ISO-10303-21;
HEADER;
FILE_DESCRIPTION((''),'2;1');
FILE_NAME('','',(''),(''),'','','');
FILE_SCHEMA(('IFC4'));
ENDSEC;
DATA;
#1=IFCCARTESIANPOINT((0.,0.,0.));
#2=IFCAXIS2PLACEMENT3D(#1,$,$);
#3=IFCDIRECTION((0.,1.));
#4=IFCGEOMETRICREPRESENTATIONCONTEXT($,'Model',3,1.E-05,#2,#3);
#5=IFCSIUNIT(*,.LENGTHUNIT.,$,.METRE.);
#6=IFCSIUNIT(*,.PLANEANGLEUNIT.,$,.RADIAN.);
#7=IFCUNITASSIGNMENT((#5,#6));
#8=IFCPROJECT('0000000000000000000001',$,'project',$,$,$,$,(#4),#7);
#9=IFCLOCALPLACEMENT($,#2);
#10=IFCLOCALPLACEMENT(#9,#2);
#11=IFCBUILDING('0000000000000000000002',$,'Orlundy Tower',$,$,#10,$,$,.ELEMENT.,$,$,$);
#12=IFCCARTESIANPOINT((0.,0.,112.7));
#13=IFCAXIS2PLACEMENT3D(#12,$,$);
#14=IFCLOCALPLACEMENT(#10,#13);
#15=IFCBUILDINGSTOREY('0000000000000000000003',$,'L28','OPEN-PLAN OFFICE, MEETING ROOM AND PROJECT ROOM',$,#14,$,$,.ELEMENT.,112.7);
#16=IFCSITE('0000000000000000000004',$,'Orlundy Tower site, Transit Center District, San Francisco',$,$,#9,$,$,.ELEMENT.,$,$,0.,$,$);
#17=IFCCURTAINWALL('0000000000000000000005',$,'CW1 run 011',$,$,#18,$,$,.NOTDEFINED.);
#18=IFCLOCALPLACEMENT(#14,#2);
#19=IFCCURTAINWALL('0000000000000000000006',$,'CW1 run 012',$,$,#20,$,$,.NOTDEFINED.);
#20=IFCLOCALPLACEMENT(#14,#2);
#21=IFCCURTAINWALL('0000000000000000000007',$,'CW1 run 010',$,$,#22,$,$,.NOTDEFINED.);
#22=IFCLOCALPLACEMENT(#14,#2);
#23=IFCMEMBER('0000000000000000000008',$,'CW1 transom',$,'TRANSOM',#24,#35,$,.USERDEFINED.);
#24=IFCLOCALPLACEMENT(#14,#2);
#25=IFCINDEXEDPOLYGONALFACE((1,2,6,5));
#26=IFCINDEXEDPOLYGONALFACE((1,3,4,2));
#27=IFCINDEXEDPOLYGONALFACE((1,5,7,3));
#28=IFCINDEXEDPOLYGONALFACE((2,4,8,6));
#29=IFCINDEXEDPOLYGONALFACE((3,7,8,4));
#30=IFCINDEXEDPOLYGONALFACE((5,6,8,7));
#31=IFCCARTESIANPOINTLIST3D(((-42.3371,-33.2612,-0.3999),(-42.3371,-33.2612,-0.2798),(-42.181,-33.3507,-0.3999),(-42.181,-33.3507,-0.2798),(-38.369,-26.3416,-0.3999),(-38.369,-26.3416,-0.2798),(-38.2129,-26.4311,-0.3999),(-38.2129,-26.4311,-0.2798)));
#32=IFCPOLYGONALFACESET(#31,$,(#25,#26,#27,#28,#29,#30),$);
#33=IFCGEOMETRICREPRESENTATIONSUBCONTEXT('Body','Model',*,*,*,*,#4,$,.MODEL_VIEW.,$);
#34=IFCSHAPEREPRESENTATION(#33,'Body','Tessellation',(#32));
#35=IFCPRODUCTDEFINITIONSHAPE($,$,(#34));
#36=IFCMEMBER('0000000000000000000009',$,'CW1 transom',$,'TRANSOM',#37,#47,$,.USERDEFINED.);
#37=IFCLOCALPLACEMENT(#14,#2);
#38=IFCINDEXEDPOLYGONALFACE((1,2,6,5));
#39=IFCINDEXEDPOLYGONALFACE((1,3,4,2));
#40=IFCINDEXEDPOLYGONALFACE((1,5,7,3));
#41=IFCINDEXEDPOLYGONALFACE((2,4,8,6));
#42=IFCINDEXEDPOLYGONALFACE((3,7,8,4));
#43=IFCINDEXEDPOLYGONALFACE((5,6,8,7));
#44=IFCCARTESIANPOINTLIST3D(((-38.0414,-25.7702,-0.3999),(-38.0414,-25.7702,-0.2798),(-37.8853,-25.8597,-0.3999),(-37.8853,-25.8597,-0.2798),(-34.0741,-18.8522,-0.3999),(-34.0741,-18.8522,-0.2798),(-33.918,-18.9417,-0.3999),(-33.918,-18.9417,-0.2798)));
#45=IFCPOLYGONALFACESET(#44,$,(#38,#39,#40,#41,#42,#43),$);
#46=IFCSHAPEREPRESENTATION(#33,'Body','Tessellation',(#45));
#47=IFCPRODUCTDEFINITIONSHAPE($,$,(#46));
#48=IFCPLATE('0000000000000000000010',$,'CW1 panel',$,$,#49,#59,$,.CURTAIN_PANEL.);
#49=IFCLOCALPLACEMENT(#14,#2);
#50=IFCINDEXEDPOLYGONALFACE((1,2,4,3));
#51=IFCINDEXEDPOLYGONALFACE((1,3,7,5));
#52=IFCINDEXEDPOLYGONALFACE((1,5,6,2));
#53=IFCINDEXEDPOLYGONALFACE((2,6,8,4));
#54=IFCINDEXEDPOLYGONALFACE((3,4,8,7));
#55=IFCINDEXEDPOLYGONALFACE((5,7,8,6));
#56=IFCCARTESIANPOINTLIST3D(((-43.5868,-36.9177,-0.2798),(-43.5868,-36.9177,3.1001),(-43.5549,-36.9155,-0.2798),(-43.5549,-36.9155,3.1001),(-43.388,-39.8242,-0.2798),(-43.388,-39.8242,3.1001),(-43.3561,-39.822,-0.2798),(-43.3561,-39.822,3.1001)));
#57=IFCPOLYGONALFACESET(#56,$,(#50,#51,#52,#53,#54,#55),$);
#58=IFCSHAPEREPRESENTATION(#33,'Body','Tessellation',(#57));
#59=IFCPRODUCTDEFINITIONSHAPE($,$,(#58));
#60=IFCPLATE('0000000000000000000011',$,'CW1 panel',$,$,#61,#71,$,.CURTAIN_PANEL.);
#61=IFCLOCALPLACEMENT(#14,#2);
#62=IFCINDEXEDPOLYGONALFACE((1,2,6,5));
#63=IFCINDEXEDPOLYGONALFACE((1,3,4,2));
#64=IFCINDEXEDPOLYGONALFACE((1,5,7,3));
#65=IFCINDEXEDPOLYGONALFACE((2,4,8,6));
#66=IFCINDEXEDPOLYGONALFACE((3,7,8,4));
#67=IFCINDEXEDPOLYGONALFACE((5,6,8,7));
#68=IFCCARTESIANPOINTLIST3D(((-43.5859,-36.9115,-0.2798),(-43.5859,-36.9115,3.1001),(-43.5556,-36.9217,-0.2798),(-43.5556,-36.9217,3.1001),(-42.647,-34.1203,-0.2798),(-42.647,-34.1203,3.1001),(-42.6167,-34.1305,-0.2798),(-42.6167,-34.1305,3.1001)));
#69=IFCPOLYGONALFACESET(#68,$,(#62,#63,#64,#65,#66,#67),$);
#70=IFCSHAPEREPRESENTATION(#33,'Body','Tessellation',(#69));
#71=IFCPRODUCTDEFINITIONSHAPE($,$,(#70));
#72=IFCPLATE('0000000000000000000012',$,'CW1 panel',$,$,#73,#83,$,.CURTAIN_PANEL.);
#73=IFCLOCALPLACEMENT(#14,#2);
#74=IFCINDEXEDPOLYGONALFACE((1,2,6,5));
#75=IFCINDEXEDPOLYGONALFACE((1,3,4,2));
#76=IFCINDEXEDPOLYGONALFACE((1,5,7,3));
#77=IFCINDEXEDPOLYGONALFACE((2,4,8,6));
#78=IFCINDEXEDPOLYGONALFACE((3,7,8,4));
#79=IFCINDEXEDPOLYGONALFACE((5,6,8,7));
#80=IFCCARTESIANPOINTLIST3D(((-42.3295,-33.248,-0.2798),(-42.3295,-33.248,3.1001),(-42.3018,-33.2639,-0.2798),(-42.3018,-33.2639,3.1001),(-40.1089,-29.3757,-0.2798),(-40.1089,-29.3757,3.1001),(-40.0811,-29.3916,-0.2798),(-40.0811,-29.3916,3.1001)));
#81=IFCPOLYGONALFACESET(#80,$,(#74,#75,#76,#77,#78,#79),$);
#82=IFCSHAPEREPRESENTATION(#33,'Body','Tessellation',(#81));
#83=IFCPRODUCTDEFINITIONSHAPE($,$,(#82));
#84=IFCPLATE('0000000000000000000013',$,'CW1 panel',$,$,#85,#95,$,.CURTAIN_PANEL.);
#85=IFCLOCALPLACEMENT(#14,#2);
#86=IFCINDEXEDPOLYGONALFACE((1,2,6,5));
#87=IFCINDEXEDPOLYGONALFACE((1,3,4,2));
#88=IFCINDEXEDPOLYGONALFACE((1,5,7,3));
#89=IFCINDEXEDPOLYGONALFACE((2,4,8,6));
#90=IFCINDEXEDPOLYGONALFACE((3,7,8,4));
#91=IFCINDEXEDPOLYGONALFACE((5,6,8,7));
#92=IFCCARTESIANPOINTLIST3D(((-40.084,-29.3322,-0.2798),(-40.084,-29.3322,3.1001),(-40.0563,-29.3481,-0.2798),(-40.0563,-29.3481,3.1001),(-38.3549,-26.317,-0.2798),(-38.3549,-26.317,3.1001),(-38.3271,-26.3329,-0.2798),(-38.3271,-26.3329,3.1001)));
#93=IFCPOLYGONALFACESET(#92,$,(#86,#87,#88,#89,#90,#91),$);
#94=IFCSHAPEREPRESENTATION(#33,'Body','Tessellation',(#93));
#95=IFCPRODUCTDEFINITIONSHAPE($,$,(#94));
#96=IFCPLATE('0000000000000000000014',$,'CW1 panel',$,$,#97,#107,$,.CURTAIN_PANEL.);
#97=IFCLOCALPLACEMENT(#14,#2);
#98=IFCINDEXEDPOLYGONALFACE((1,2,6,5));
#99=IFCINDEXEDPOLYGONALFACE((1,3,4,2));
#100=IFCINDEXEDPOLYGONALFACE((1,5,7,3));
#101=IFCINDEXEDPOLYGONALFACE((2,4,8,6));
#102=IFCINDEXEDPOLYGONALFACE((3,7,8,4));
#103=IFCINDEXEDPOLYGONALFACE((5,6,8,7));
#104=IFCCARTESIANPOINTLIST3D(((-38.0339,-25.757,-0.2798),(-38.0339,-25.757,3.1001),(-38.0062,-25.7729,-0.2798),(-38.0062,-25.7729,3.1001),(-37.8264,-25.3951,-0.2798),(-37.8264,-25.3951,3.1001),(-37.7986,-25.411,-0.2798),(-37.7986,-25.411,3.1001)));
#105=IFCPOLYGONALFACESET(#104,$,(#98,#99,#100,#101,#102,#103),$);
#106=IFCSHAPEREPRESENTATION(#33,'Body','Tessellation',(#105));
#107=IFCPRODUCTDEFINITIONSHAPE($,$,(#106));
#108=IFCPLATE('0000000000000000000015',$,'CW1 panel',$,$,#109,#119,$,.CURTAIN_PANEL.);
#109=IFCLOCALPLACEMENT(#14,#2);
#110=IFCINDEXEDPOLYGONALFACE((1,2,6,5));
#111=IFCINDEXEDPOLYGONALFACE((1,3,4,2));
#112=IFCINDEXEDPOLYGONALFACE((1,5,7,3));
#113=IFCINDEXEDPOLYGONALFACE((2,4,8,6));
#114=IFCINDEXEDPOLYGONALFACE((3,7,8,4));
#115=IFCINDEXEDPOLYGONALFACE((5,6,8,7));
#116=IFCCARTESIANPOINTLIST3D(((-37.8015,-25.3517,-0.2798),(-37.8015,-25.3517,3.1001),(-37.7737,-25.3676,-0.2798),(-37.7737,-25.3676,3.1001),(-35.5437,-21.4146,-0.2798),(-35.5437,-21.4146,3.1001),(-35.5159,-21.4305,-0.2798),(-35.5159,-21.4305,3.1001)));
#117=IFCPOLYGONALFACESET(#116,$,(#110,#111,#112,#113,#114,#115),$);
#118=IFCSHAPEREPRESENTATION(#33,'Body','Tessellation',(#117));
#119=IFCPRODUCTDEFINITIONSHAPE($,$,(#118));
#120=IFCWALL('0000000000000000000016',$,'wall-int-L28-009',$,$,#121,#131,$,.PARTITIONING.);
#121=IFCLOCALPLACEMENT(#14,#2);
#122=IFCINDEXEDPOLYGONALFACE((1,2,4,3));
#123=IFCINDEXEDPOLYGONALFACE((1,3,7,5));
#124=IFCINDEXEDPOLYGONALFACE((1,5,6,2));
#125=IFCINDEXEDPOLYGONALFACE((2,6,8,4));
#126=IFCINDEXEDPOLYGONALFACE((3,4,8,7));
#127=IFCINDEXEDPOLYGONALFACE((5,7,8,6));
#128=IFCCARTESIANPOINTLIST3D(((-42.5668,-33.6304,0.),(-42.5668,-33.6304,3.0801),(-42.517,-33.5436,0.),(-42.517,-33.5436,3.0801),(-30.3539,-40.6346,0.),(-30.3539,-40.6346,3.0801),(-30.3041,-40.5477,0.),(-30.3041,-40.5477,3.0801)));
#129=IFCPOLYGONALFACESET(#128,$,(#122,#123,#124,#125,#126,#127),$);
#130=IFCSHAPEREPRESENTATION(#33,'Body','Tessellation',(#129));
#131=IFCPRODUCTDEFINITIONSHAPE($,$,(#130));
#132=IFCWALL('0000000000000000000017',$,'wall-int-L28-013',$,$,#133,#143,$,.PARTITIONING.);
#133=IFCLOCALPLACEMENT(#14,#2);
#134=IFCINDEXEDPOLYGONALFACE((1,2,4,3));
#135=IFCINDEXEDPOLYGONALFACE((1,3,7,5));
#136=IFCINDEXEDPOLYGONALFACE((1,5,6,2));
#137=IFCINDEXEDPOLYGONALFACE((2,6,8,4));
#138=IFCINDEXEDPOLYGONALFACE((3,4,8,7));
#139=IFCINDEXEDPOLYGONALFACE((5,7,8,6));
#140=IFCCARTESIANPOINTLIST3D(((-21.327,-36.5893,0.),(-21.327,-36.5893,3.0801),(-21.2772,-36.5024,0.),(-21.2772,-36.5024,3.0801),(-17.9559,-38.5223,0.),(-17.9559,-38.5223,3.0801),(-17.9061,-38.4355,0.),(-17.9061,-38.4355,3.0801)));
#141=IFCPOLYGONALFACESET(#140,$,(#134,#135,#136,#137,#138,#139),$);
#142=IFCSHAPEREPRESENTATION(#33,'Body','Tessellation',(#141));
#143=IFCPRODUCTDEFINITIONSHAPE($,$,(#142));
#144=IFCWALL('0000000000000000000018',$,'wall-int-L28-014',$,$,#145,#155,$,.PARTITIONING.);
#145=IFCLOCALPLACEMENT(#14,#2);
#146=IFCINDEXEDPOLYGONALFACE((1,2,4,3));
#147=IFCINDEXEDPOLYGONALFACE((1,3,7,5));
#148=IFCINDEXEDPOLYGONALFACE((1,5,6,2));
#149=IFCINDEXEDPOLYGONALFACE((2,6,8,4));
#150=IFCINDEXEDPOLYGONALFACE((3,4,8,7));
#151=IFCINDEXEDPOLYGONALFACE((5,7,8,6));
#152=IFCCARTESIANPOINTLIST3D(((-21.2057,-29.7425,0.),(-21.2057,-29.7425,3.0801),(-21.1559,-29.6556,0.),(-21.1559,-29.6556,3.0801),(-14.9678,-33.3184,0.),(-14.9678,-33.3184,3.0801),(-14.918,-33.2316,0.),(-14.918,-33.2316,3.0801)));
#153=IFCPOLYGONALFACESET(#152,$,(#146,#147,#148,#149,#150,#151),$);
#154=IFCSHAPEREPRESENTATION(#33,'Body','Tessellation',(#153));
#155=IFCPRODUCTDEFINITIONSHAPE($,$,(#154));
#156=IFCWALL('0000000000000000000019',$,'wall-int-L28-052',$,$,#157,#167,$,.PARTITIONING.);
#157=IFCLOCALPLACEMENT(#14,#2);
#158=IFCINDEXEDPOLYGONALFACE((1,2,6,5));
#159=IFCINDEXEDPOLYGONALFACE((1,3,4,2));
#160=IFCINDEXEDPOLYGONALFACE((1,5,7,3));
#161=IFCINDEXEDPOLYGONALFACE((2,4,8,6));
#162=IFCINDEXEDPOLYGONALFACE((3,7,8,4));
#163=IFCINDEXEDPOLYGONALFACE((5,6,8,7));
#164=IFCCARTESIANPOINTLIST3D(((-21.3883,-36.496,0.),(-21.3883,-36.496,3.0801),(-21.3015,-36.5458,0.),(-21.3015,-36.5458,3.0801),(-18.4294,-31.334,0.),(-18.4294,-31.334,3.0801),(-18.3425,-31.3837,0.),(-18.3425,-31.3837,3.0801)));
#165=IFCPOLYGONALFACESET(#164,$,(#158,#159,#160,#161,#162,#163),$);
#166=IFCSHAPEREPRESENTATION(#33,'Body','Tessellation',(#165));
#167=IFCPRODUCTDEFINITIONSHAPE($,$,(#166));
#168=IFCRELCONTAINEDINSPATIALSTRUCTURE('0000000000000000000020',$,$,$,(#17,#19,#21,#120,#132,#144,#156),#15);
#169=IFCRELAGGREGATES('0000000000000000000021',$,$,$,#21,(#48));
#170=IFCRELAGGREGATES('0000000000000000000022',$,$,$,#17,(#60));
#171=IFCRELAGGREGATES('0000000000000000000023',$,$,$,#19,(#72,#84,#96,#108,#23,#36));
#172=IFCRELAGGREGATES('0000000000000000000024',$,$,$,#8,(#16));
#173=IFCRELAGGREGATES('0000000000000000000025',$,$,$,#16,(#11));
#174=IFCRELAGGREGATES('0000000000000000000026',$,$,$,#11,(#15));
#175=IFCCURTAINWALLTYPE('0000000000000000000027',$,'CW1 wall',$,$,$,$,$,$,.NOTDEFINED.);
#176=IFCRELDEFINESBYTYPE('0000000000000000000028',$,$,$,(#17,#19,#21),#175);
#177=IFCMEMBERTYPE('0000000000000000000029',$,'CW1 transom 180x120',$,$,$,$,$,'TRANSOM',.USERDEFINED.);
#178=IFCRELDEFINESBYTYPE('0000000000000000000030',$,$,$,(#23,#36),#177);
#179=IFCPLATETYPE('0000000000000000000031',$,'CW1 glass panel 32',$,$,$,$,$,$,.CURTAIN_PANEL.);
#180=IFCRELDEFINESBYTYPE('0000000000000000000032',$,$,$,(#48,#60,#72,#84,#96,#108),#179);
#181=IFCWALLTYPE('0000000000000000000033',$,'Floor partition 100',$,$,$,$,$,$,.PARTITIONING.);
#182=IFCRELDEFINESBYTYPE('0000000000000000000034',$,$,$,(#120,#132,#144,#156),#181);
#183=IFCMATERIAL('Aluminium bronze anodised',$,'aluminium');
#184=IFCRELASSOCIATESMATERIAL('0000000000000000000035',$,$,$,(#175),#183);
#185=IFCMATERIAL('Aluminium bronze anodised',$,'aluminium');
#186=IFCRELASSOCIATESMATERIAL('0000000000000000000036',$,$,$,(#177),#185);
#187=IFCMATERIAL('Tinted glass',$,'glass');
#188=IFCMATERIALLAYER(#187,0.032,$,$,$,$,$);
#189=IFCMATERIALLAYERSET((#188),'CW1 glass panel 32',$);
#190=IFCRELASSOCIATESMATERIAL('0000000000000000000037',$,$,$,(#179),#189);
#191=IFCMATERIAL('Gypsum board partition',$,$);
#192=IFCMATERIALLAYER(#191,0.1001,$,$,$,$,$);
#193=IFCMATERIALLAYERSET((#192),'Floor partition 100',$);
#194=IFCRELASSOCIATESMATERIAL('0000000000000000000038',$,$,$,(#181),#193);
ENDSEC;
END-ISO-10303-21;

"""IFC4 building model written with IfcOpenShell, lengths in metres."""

from ifc_helpers import new_model, si_unit, direction, frame, frame_2d, origin, origin_2d, place, context, subcontext, project, spatial, rectangle, extrude, material, layer, layer_set, material_profile, profile_set, type_object, element, aggregate, save


model = new_model("IFC4")

# Units and contexts
model_context = context("Model", 3, precision=1e-05, world=origin(), true_north=direction((0.0, 1.0)))
body_context = subcontext(model_context, "Body", "Model", "MODEL_VIEW")
ifc_project = project(units=[si_unit("LENGTHUNIT", "METRE"), si_unit("PLANEANGLEUNIT", "RADIAN")], contexts=[model_context])

# Site, building, storey
site_placement = place(None, origin())
site = spatial("IfcSite", under=ifc_project, at=site_placement, Name="Orlundy Tower site, Transit Center District, San Francisco", CompositionType="ELEMENT", RefElevation=0.0)
building_placement = place(site_placement, origin())
building = spatial("IfcBuilding", under=site, at=building_placement, Name="Orlundy Tower", CompositionType="ELEMENT")
storey_placement = place(building_placement, frame((0.0, 0.0, 112.7)))
storey = spatial("IfcBuildingStorey", under=building, at=storey_placement, Name="L28", Description="OPEN-PLAN OFFICE, MEETING ROOM AND PROJECT ROOM", CompositionType="ELEMENT", Elevation=112.7)

# Curtain wall
ifc_material_1 = material(Name="Aluminium bronze anodised", Category="aluminium")
curtain_wall_type = type_object("IfcCurtainWallType", Name="CW1 wall", PredefinedType="NOTDEFINED", material=ifc_material_1)
curtain_wall_1_placement = place(storey_placement, origin())
curtain_wall_1 = element("IfcCurtainWall", 1, at=curtain_wall_1_placement, inside=storey, type_object=curtain_wall_type, Name="CW1 run 011", PredefinedType="NOTDEFINED")

# Curtain wall
curtain_wall_2_placement = place(storey_placement, origin())
curtain_wall_2 = element("IfcCurtainWall", 2, at=curtain_wall_2_placement, inside=storey, type_object=curtain_wall_type, Name="CW1 run 012", PredefinedType="NOTDEFINED")

# Curtain wall
curtain_wall_3_placement = place(storey_placement, origin())
curtain_wall_3 = element("IfcCurtainWall", 3, at=curtain_wall_3_placement, inside=storey, type_object=curtain_wall_type, Name="CW1 run 010", PredefinedType="NOTDEFINED")
ifc_material_2 = material(Name="Aluminium bronze anodised", Category="aluminium")
ifc_material_profile_1 = material_profile(ifc_material_2, rectangle(XDim=0.1799, YDim=0.1201, at=origin_2d()), Name="CW1 transom 180x120")
ifc_profile_set_1 = profile_set([ifc_material_profile_1], Name="Aluminium bronze anodised")
member_type_1 = type_object("IfcMemberType", Name="CW1 transom 180x120", ElementType="TRANSOM", PredefinedType="USERDEFINED", material=ifc_profile_set_1)

# Members
member_1_placement = place(storey_placement, frame((-42.259, -33.3059, -0.3398), z_axis=(0.497467, 0.867483, 0.0), x_axis=(-0.867483, 0.497467, 0.0)))
member_1 = element("IfcMember", 4, at=member_1_placement, type_object=member_type_1, Name="CW1 transom", ObjectType="TRANSOM", PredefinedType="USERDEFINED", context=body_context, shape_type="SweptSolid", body=[
    extrude(rectangle(XDim=0.1799, YDim=0.1201, at=origin_2d()), origin(), (0.0, 0.0, 1.0), 7.9766),
])
member_2_placement = place(storey_placement, frame((-37.9634, -25.8149, -0.3398), z_axis=(0.497477, 0.867477, 0.0), x_axis=(-0.867477, 0.497477, 0.0)))
member_2 = element("IfcMember", 5, at=member_2_placement, type_object=member_type_1, Name="CW1 transom", ObjectType="TRANSOM", PredefinedType="USERDEFINED", context=body_context, shape_type="SweptSolid", body=[
    extrude(rectangle(XDim=0.1799, YDim=0.1201, at=origin_2d()), origin(), (0.0, 0.0, 1.0), 7.9749),
])

# Plates
ifc_material_3 = material(Name="Tinted glass", Category="glass")
ifc_layer_1 = layer(ifc_material_3, 0.032)
ifc_layer_set_1 = layer_set([ifc_layer_1], Name="CW1 glass panel 32")
plate_type = type_object("IfcPlateType", Name="CW1 glass panel 32", PredefinedType="CURTAIN_PANEL", material=ifc_layer_set_1)
plate_1_placement = place(storey_placement, frame((-43.4714, -38.3699, -0.2798), z_axis=(0.0, 0.0, 1.0), x_axis=(-0.068256, 0.997668, 0.0)))
plate_1 = element("IfcPlate", 6, at=plate_1_placement, type_object=plate_type, Name="CW1 panel", PredefinedType="CURTAIN_PANEL", context=body_context, shape_type="SweptSolid", body=[
    extrude(rectangle(XDim=2.9133, YDim=0.032, at=origin_2d()), origin(), (0.0, 0.0, 1.0), 3.3799),
])
aggregate(curtain_wall_3, [plate_1])
plate_2_placement = place(storey_placement, frame((-43.1013, -35.521, -0.2798), z_axis=(0.0, 0.0, 1.0), x_axis=(0.318816, 0.947817, 0.0)))
plate_2 = element("IfcPlate", 7, at=plate_2_placement, type_object=plate_type, Name="CW1 panel", PredefinedType="CURTAIN_PANEL", context=body_context, shape_type="SweptSolid", body=[
    extrude(rectangle(XDim=2.9448, YDim=0.032, at=origin_2d()), origin(), (0.0, 0.0, 1.0), 3.3799),
])
aggregate(curtain_wall_1, [plate_2])
plate_3_placement = place(storey_placement, frame((-41.2053, -31.3198, -0.2798), z_axis=(0.0, 0.0, 1.0), x_axis=(0.497468, 0.867482, 0.0)))
plate_3 = element("IfcPlate", 8, at=plate_3_placement, type_object=plate_type, Name="CW1 panel", PredefinedType="CURTAIN_PANEL", context=body_context, shape_type="SweptSolid", body=[
    extrude(rectangle(XDim=4.4639, YDim=0.032, at=origin_2d()), origin(), (0.0, 0.0, 1.0), 3.3799),
])
plate_4_placement = place(storey_placement, frame((-39.2056, -27.8325, -0.2798), z_axis=(0.0, 0.0, 1.0), x_axis=(0.497468, 0.867482, 0.0)))
plate_4 = element("IfcPlate", 9, at=plate_4_placement, type_object=plate_type, Name="CW1 panel", PredefinedType="CURTAIN_PANEL", context=body_context, shape_type="SweptSolid", body=[
    extrude(rectangle(XDim=3.4758, YDim=0.032, at=origin_2d()), origin(), (0.0, 0.0, 1.0), 3.3799),
])
plate_5_placement = place(storey_placement, frame((-37.9163, -25.584, -0.2798), z_axis=(0.0, 0.0, 1.0), x_axis=(0.497468, 0.867482, 0.0)))
plate_5 = element("IfcPlate", 10, at=plate_5_placement, type_object=plate_type, Name="CW1 panel", PredefinedType="CURTAIN_PANEL", context=body_context, shape_type="SweptSolid", body=[
    extrude(rectangle(XDim=0.4172, YDim=0.032, at=origin_2d()), origin(), (0.0, 0.0, 1.0), 3.3799),
])
plate_6_placement = place(storey_placement, frame((-36.6587, -23.3911, -0.2798), z_axis=(0.0, 0.0, 1.0), x_axis=(0.497468, 0.867482, 0.0)))
plate_6 = element("IfcPlate", 11, at=plate_6_placement, type_object=plate_type, Name="CW1 panel", PredefinedType="CURTAIN_PANEL", context=body_context, shape_type="SweptSolid", body=[
    extrude(rectangle(XDim=4.5386, YDim=0.032, at=origin_2d()), origin(), (0.0, 0.0, 1.0), 3.3799),
])
aggregate(curtain_wall_2, [plate_3, plate_4, plate_5, plate_6, member_1, member_2])

# Walls
ifc_material_4 = material(Name="Gypsum board partition")
ifc_layer_2 = layer(ifc_material_4, 0.1001)
ifc_layer_set_2 = layer_set([ifc_layer_2], Name="Floor partition 100")
wall_type = type_object("IfcWallType", Name="Floor partition 100", PredefinedType="PARTITIONING", material=ifc_layer_set_2)
wall_1_placement = place(storey_placement, frame((-42.542, -33.5869, 0.0), z_axis=(0.0, 0.0, 1.0), x_axis=(0.867466, -0.497496, 0.0)))
element("IfcWall", 12, at=wall_1_placement, inside=storey, type_object=wall_type, Name="wall-int-L28-009", PredefinedType="PARTITIONING", context=body_context, shape_type="SweptSolid", body=[
    extrude(rectangle(XDim=14.0789, YDim=0.1001, at=frame_2d((7.0396, 0.0))), origin(), (0.0, 0.0, 1.0), 3.0801),
])
wall_2_placement = place(storey_placement, frame((-21.302, -36.5459, 0.0), z_axis=(0.0, 0.0, 1.0), x_axis=(0.867492, -0.497451, 0.0)))
element("IfcWall", 13, at=wall_2_placement, inside=storey, type_object=wall_type, Name="wall-int-L28-013", PredefinedType="PARTITIONING", context=body_context, shape_type="SweptSolid", body=[
    extrude(rectangle(XDim=3.886, YDim=0.1001, at=frame_2d((1.9429, 0.0))), origin(), (0.0, 0.0, 1.0), 3.0801),
])
wall_3_placement = place(storey_placement, frame((-21.1809, -29.699, 0.0), z_axis=(0.0, 0.0, 1.0), x_axis=(0.867555, -0.497342, 0.0)))
element("IfcWall", 14, at=wall_3_placement, inside=storey, type_object=wall_type, Name="wall-int-L28-014", PredefinedType="PARTITIONING", context=body_context, shape_type="SweptSolid", body=[
    extrude(rectangle(XDim=7.1902, YDim=0.1001, at=frame_2d((3.5952, 0.0))), origin(), (0.0, 0.0, 1.0), 3.0801),
])
wall_4_placement = place(storey_placement, frame((-21.345, -36.521, 0.0), z_axis=(0.0, 0.0, 1.0), x_axis=(0.497305, 0.867576, 0.0)))
element("IfcWall", 15, at=wall_4_placement, inside=storey, type_object=wall_type, Name="wall-int-L28-052", PredefinedType="PARTITIONING", context=body_context, shape_type="SweptSolid", body=[
    extrude(rectangle(XDim=5.95, YDim=0.1001, at=frame_2d((2.9751, 0.0))), origin(), (0.0, 0.0, 1.0), 3.0801),
])

save(model, "model.ifc")
